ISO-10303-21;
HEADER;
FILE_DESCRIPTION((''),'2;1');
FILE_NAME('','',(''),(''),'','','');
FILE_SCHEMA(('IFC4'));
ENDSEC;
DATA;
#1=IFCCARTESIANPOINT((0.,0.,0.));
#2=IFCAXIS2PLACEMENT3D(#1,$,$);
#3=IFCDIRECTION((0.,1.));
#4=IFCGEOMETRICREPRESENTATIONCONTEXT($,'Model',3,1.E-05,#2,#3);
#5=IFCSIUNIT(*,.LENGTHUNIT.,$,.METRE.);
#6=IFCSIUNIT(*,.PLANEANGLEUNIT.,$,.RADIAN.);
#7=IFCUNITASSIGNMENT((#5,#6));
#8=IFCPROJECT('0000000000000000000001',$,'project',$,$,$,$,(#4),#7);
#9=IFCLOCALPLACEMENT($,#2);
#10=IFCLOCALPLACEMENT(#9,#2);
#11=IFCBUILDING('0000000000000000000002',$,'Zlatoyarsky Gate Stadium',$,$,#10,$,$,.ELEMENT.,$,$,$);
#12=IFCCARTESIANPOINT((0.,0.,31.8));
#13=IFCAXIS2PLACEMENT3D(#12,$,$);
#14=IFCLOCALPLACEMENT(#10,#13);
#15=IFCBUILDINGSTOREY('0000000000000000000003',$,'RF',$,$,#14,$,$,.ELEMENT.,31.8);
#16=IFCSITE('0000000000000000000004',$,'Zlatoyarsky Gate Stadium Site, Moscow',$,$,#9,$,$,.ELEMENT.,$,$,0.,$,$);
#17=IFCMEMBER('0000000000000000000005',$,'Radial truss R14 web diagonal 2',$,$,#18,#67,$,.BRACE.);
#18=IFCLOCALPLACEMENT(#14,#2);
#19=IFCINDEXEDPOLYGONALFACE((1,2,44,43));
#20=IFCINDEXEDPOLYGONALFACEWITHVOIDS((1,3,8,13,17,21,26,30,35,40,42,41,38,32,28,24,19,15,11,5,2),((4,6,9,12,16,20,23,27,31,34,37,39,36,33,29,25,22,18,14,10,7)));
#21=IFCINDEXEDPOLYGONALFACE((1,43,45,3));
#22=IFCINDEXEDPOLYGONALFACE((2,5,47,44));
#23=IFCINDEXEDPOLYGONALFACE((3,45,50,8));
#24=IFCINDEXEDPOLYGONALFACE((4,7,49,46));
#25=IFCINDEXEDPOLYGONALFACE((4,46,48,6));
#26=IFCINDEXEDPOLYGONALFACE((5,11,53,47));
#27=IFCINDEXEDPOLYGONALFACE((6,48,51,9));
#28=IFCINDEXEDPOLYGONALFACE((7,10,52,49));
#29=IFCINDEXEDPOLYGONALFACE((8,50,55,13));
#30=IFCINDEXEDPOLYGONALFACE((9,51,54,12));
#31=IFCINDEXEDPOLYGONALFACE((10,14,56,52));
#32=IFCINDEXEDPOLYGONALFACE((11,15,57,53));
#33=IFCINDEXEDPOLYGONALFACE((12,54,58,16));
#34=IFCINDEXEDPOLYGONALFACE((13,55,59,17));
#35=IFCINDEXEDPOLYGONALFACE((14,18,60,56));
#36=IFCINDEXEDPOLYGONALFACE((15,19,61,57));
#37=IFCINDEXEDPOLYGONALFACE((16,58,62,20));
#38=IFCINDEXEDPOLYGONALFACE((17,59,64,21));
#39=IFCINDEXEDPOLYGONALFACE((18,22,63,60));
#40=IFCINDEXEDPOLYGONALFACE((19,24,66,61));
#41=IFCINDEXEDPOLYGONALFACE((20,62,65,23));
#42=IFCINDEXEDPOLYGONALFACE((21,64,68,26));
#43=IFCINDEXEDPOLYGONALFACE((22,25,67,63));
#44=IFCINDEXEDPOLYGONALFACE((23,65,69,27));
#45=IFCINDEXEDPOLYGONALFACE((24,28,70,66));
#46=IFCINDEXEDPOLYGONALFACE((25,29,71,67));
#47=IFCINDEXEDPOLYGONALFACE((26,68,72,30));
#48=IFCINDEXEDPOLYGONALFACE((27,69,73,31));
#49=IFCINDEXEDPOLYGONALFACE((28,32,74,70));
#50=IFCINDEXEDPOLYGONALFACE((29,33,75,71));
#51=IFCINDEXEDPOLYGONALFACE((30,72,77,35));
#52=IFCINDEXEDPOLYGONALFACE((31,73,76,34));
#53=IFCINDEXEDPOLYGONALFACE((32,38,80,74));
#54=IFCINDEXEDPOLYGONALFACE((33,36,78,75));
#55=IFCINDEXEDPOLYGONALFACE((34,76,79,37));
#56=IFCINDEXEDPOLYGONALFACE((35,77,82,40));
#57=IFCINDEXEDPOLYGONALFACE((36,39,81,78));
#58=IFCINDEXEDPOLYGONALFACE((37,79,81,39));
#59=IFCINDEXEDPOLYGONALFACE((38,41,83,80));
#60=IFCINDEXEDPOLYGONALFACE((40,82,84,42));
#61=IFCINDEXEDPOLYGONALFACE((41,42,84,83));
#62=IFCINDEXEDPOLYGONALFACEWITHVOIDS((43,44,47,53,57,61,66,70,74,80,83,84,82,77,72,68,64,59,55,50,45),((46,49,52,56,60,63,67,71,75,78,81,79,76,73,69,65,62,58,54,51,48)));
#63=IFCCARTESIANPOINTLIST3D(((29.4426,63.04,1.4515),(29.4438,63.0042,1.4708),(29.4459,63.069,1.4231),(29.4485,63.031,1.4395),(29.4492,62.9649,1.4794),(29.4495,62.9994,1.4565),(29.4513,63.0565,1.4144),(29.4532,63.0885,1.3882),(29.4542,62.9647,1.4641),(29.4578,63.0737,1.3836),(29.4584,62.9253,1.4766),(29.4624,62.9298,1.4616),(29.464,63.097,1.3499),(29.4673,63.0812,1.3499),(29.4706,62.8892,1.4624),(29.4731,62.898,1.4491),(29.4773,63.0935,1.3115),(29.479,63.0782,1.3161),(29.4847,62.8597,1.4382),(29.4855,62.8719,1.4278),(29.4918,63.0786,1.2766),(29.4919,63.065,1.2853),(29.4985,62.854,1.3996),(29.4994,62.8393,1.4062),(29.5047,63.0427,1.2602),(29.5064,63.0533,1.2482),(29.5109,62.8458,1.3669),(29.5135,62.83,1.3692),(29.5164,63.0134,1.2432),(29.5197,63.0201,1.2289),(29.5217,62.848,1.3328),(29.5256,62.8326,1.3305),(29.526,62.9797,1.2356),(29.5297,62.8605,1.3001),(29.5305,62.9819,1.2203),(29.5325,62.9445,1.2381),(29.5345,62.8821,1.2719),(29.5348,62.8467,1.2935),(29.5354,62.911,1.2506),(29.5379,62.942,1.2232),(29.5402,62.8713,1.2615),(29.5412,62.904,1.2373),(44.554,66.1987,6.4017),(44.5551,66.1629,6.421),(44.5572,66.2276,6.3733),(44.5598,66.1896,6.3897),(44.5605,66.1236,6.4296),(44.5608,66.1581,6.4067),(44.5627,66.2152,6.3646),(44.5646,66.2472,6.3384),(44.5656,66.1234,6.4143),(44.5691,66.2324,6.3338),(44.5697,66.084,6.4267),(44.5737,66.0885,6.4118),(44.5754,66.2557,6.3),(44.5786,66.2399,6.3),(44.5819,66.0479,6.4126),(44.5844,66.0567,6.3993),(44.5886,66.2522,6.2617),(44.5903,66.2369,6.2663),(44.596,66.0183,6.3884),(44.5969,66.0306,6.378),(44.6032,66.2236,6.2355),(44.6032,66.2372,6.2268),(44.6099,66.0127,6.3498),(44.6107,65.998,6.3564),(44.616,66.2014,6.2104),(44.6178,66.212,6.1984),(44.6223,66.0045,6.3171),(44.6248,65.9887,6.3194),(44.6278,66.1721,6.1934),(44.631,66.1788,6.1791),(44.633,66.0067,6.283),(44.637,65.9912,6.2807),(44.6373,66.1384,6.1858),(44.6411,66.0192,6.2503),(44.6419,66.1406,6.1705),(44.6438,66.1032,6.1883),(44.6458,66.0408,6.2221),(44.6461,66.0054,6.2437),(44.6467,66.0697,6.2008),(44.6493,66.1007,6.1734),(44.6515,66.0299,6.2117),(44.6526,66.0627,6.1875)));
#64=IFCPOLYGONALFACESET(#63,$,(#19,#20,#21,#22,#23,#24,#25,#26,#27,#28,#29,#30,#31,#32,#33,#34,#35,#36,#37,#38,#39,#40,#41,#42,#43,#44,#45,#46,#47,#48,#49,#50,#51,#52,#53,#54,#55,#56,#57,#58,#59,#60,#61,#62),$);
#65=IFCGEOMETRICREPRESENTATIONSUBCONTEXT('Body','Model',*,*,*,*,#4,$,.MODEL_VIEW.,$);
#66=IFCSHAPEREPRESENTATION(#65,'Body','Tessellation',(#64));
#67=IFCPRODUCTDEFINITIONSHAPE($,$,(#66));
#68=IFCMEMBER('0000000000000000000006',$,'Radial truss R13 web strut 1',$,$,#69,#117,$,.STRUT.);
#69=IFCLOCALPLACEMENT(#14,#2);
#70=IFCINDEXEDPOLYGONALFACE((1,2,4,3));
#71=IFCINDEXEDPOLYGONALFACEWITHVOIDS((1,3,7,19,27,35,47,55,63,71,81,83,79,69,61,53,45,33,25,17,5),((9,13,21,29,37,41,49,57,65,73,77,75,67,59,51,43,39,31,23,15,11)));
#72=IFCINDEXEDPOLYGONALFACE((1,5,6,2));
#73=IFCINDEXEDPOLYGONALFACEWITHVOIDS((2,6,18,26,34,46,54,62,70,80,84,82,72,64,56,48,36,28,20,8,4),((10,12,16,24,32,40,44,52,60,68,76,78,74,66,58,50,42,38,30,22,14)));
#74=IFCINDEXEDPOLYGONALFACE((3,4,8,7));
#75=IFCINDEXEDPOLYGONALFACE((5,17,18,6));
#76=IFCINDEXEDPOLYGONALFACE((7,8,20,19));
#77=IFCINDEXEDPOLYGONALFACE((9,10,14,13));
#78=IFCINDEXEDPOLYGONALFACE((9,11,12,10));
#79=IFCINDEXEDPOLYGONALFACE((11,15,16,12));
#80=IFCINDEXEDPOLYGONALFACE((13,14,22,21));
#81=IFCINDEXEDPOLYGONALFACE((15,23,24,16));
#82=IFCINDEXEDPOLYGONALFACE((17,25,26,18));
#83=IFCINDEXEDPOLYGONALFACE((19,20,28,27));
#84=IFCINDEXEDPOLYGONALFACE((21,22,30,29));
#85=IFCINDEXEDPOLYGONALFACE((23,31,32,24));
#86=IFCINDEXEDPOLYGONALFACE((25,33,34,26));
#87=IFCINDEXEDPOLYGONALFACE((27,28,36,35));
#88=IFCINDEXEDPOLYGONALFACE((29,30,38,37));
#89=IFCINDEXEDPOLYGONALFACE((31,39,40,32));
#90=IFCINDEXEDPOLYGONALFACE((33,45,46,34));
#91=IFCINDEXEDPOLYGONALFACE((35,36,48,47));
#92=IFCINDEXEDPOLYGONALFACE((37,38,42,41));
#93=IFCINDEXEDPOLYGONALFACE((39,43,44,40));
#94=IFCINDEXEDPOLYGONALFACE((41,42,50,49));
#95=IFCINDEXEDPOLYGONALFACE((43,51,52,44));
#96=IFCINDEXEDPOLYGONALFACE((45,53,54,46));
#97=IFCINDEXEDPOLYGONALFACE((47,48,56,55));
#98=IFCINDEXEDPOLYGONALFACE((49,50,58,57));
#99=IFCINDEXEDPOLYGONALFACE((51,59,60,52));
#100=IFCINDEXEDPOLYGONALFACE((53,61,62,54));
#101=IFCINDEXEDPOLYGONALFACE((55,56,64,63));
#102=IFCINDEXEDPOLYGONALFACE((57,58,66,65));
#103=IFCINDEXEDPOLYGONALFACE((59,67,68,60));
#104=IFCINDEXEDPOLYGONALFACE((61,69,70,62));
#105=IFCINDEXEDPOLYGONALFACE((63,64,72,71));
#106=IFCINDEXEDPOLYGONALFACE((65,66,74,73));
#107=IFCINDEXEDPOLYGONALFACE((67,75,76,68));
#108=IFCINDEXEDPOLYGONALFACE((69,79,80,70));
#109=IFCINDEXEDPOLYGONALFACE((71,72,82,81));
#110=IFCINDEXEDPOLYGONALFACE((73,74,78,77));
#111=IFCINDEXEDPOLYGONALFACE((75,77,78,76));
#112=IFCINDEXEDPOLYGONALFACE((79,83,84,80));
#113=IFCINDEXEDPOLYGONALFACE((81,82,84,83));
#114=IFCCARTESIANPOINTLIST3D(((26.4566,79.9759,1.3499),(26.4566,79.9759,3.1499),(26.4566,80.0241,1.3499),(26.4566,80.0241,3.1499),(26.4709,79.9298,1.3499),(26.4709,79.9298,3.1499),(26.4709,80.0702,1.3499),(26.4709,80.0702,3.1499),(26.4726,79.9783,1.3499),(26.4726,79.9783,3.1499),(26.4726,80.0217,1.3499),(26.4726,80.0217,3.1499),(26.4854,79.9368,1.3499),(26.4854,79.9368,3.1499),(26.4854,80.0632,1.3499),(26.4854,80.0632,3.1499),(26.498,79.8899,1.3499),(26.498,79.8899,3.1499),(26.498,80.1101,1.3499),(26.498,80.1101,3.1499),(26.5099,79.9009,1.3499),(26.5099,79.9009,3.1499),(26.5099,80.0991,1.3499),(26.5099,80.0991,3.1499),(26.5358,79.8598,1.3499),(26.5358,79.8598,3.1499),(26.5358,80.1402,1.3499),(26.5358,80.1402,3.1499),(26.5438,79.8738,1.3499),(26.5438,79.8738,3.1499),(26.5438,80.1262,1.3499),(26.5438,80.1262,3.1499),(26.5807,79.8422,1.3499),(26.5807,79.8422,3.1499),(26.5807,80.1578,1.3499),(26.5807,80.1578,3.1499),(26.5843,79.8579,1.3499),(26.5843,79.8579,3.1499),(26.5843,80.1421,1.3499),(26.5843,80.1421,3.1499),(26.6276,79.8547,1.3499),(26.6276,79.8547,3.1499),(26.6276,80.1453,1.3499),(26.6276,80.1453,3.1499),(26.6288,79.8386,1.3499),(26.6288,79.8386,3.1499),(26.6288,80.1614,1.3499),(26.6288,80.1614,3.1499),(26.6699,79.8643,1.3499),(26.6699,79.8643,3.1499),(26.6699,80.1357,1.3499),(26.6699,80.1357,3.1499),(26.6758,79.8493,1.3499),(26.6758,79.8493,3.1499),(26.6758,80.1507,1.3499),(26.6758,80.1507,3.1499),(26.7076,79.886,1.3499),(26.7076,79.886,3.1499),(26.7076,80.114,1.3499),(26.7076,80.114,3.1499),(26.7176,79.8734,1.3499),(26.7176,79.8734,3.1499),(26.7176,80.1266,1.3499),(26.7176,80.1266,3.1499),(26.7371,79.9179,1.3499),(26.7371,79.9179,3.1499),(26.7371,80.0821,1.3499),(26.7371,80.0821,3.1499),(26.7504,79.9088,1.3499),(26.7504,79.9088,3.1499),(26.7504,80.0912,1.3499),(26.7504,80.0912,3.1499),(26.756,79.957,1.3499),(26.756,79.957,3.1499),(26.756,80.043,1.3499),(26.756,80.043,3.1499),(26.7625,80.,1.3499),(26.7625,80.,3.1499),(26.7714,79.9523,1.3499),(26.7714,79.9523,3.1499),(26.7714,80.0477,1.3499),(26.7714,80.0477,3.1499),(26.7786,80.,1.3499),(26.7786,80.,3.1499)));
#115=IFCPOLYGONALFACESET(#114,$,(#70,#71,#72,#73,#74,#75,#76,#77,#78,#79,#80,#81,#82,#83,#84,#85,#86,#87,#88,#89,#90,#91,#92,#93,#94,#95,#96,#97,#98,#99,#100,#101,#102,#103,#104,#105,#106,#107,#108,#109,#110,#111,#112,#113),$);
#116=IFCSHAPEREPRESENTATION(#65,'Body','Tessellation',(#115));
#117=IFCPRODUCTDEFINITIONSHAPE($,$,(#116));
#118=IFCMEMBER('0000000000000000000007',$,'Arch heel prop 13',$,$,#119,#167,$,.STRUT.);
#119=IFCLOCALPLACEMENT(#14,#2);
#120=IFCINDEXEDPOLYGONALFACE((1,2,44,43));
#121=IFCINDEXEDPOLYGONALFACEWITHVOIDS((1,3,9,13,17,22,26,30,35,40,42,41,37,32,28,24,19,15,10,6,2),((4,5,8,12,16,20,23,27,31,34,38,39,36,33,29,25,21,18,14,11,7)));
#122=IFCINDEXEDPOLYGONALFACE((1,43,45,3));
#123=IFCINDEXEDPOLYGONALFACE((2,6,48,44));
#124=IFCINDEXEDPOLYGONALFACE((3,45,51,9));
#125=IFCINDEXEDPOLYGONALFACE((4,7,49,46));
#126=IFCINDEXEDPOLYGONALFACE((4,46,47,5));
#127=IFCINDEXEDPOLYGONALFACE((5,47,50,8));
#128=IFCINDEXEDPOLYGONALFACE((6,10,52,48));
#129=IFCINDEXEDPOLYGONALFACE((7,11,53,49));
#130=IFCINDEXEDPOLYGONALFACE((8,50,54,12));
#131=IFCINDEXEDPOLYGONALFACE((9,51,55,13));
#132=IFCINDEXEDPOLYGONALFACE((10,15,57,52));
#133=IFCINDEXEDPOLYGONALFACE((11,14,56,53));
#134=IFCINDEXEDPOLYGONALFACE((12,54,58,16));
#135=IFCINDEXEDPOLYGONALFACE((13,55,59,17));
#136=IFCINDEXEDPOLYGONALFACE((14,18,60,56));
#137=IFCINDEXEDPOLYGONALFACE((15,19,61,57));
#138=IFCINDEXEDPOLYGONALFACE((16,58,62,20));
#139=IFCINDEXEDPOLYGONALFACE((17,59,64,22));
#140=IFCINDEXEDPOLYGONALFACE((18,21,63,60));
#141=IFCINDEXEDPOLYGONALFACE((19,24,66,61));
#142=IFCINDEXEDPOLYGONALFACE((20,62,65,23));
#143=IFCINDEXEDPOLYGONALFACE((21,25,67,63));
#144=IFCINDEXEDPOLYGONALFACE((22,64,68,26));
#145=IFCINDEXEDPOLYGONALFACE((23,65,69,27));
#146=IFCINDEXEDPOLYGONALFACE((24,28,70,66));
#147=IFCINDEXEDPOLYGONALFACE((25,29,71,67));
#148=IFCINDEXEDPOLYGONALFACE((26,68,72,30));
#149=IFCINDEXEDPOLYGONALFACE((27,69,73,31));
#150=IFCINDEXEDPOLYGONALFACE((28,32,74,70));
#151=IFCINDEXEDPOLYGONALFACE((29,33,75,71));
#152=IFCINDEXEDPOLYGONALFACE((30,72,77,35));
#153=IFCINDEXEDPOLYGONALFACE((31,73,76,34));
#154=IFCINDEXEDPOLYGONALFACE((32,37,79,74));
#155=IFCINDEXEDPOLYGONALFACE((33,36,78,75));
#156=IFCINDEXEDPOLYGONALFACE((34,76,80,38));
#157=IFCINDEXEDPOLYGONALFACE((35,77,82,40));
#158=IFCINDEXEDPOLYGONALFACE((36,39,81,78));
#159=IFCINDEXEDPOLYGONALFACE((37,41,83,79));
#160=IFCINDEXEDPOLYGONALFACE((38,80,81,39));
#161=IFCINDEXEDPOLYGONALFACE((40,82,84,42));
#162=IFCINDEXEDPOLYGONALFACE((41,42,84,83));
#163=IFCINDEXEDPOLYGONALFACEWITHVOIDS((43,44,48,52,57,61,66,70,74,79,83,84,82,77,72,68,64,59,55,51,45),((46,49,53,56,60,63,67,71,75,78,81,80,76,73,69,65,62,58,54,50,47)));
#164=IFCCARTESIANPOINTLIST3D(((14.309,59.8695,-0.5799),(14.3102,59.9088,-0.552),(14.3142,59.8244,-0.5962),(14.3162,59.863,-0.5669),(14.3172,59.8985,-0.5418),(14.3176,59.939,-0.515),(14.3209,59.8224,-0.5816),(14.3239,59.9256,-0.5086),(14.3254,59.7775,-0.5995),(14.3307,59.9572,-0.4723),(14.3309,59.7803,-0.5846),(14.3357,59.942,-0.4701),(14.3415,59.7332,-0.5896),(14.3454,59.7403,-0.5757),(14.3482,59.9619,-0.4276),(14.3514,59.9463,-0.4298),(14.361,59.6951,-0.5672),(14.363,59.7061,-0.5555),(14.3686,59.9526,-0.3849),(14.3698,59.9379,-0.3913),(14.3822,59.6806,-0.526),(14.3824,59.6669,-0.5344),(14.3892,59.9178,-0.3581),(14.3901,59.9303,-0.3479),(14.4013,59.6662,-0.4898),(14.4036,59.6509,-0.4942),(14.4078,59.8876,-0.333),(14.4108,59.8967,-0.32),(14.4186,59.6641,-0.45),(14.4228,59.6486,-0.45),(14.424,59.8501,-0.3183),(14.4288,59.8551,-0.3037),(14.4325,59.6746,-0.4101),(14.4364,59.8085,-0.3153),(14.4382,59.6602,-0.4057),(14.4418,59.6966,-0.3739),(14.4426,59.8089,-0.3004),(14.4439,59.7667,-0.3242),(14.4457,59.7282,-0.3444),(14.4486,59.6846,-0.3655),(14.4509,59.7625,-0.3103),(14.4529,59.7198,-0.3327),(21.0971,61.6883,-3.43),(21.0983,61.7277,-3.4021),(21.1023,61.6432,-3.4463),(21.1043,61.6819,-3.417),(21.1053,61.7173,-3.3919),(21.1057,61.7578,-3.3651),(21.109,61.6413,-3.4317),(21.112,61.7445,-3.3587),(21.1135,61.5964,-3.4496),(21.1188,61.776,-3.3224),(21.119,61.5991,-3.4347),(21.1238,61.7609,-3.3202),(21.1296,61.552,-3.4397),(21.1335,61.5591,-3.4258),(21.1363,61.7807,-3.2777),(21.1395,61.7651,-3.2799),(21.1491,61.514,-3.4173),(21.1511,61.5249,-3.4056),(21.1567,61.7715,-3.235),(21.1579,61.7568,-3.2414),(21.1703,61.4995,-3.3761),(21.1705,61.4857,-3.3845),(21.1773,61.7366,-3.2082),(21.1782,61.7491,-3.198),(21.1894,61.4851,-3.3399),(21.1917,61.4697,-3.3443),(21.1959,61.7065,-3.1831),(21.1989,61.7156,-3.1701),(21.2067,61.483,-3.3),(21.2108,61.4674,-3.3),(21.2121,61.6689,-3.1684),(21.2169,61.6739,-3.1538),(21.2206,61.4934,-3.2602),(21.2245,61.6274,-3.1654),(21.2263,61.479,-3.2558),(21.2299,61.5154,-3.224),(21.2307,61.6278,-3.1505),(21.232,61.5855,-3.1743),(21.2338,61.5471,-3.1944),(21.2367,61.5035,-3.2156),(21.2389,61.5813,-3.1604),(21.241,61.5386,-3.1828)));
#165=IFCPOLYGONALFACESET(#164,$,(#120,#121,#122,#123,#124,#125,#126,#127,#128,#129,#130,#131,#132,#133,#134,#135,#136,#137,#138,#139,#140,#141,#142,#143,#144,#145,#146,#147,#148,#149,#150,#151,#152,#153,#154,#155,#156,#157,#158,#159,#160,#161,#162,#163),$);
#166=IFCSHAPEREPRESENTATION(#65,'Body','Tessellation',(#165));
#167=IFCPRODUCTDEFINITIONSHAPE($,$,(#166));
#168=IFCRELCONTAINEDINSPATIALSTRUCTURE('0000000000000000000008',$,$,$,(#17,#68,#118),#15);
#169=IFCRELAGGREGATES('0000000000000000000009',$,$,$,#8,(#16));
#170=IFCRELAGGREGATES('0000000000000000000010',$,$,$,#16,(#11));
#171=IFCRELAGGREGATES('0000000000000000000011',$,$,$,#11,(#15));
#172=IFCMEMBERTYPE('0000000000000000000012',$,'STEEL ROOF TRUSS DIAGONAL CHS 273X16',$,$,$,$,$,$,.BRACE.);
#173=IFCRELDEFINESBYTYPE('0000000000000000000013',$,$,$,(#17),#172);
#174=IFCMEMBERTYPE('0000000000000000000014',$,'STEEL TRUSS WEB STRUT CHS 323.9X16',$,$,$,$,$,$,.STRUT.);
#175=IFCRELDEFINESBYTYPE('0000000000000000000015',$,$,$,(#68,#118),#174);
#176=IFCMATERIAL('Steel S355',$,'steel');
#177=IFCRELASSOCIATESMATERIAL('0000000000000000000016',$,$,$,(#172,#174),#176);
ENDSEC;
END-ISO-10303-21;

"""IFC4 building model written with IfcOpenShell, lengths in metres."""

from ifc_helpers import new_model, si_unit, direction, frame, origin, origin_2d, place, context, subcontext, project, spatial, hollow_circle, extrude, material, material_profile, profile_set, type_object, element, save


model = new_model("IFC4")

# Units and contexts
model_context = context("Model", 3, precision=1e-05, world=origin(), true_north=direction((0.0, 1.0)))
body_context = subcontext(model_context, "Body", "Model", "MODEL_VIEW")
ifc_project = project(units=[si_unit("LENGTHUNIT", "METRE"), si_unit("PLANEANGLEUNIT", "RADIAN")], contexts=[model_context])

# Site, building, storey
site_placement = place(None, origin())
site = spatial("IfcSite", under=ifc_project, at=site_placement, Name="Zlatoyarsky Gate Stadium Site, Moscow", CompositionType="ELEMENT", RefElevation=0.0)
building_placement = place(site_placement, origin())
building = spatial("IfcBuilding", under=site, at=building_placement, Name="Zlatoyarsky Gate Stadium", CompositionType="ELEMENT")
storey_placement = place(building_placement, frame((0.0, 0.0, 31.8)))
storey = spatial("IfcBuildingStorey", under=building, at=storey_placement, Name="RF", CompositionType="ELEMENT", Elevation=31.8)

# Shared definitions
ifc_material_1 = material(Name="Steel S355", Category="steel")

# Members
ifc_material_profile_1 = material_profile(ifc_material_1, hollow_circle(Radius=0.1365, WallThickness=0.0161, at=origin_2d()), Name="CHS 273X16")
ifc_profile_set_1 = profile_set([ifc_material_profile_1], Name="Steel S355")
member_type_1 = type_object("IfcMemberType", Name="STEEL ROOF TRUSS DIAGONAL CHS 273X16", PredefinedType="BRACE", material=ifc_profile_set_1)
member_1_placement = place(storey_placement, frame((29.4919, 62.9634, 1.3499), z_axis=(0.932099, 0.194835, 0.305338), x_axis=(-0.204606, 0.978844, 0.0)))
element("IfcMember", 1, at=member_1_placement, inside=storey, type_object=member_type_1, Name="Radial truss R14 web diagonal 2", PredefinedType="BRACE", context=body_context, shape_type="SweptSolid", body=[
    extrude(hollow_circle(Radius=0.1365, WallThickness=0.0161, at=origin_2d()), origin(), (0.0, 0.0, 1.0), 16.2122),
])
ifc_material_profile_2 = material_profile(ifc_material_1, hollow_circle(Radius=0.1619, WallThickness=0.0161, at=origin_2d()), Name="CHS 323.9X16")
ifc_profile_set_2 = profile_set([ifc_material_profile_2], Name="Steel S355")
member_type_2 = type_object("IfcMemberType", Name="STEEL TRUSS WEB STRUT CHS 323.9X16", PredefinedType="STRUT", material=ifc_profile_set_2)
member_2_placement = place(storey_placement, frame((26.6167, 80.0, 1.3499), z_axis=(0.0, 0.0, 1.0), x_axis=(1.0, 0.0, 0.0)))
element("IfcMember", 2, at=member_2_placement, inside=storey, type_object=member_type_2, Name="Radial truss R13 web strut 1", PredefinedType="STRUT", context=body_context, shape_type="SweptSolid", body=[
    extrude(hollow_circle(Radius=0.1619, WallThickness=0.0161, at=origin_2d()), origin(), (0.0, 0.0, 1.0), 1.8),
])
member_3_placement = place(storey_placement, frame((21.1689, 61.6238, -3.3), z_axis=(-0.895113, -0.239843, 0.375829), x_axis=(0.258817, -0.965926, 0.0)))
element("IfcMember", 3, at=member_3_placement, inside=storey, type_object=member_type_2, Name="Arch heel prop 13", PredefinedType="STRUT", context=body_context, shape_type="SweptSolid", body=[
    extrude(hollow_circle(Radius=0.1619, WallThickness=0.0161, at=origin_2d()), origin(), (0.0, 0.0, 1.0), 7.5835),
])

save(model, "model.ifc")
